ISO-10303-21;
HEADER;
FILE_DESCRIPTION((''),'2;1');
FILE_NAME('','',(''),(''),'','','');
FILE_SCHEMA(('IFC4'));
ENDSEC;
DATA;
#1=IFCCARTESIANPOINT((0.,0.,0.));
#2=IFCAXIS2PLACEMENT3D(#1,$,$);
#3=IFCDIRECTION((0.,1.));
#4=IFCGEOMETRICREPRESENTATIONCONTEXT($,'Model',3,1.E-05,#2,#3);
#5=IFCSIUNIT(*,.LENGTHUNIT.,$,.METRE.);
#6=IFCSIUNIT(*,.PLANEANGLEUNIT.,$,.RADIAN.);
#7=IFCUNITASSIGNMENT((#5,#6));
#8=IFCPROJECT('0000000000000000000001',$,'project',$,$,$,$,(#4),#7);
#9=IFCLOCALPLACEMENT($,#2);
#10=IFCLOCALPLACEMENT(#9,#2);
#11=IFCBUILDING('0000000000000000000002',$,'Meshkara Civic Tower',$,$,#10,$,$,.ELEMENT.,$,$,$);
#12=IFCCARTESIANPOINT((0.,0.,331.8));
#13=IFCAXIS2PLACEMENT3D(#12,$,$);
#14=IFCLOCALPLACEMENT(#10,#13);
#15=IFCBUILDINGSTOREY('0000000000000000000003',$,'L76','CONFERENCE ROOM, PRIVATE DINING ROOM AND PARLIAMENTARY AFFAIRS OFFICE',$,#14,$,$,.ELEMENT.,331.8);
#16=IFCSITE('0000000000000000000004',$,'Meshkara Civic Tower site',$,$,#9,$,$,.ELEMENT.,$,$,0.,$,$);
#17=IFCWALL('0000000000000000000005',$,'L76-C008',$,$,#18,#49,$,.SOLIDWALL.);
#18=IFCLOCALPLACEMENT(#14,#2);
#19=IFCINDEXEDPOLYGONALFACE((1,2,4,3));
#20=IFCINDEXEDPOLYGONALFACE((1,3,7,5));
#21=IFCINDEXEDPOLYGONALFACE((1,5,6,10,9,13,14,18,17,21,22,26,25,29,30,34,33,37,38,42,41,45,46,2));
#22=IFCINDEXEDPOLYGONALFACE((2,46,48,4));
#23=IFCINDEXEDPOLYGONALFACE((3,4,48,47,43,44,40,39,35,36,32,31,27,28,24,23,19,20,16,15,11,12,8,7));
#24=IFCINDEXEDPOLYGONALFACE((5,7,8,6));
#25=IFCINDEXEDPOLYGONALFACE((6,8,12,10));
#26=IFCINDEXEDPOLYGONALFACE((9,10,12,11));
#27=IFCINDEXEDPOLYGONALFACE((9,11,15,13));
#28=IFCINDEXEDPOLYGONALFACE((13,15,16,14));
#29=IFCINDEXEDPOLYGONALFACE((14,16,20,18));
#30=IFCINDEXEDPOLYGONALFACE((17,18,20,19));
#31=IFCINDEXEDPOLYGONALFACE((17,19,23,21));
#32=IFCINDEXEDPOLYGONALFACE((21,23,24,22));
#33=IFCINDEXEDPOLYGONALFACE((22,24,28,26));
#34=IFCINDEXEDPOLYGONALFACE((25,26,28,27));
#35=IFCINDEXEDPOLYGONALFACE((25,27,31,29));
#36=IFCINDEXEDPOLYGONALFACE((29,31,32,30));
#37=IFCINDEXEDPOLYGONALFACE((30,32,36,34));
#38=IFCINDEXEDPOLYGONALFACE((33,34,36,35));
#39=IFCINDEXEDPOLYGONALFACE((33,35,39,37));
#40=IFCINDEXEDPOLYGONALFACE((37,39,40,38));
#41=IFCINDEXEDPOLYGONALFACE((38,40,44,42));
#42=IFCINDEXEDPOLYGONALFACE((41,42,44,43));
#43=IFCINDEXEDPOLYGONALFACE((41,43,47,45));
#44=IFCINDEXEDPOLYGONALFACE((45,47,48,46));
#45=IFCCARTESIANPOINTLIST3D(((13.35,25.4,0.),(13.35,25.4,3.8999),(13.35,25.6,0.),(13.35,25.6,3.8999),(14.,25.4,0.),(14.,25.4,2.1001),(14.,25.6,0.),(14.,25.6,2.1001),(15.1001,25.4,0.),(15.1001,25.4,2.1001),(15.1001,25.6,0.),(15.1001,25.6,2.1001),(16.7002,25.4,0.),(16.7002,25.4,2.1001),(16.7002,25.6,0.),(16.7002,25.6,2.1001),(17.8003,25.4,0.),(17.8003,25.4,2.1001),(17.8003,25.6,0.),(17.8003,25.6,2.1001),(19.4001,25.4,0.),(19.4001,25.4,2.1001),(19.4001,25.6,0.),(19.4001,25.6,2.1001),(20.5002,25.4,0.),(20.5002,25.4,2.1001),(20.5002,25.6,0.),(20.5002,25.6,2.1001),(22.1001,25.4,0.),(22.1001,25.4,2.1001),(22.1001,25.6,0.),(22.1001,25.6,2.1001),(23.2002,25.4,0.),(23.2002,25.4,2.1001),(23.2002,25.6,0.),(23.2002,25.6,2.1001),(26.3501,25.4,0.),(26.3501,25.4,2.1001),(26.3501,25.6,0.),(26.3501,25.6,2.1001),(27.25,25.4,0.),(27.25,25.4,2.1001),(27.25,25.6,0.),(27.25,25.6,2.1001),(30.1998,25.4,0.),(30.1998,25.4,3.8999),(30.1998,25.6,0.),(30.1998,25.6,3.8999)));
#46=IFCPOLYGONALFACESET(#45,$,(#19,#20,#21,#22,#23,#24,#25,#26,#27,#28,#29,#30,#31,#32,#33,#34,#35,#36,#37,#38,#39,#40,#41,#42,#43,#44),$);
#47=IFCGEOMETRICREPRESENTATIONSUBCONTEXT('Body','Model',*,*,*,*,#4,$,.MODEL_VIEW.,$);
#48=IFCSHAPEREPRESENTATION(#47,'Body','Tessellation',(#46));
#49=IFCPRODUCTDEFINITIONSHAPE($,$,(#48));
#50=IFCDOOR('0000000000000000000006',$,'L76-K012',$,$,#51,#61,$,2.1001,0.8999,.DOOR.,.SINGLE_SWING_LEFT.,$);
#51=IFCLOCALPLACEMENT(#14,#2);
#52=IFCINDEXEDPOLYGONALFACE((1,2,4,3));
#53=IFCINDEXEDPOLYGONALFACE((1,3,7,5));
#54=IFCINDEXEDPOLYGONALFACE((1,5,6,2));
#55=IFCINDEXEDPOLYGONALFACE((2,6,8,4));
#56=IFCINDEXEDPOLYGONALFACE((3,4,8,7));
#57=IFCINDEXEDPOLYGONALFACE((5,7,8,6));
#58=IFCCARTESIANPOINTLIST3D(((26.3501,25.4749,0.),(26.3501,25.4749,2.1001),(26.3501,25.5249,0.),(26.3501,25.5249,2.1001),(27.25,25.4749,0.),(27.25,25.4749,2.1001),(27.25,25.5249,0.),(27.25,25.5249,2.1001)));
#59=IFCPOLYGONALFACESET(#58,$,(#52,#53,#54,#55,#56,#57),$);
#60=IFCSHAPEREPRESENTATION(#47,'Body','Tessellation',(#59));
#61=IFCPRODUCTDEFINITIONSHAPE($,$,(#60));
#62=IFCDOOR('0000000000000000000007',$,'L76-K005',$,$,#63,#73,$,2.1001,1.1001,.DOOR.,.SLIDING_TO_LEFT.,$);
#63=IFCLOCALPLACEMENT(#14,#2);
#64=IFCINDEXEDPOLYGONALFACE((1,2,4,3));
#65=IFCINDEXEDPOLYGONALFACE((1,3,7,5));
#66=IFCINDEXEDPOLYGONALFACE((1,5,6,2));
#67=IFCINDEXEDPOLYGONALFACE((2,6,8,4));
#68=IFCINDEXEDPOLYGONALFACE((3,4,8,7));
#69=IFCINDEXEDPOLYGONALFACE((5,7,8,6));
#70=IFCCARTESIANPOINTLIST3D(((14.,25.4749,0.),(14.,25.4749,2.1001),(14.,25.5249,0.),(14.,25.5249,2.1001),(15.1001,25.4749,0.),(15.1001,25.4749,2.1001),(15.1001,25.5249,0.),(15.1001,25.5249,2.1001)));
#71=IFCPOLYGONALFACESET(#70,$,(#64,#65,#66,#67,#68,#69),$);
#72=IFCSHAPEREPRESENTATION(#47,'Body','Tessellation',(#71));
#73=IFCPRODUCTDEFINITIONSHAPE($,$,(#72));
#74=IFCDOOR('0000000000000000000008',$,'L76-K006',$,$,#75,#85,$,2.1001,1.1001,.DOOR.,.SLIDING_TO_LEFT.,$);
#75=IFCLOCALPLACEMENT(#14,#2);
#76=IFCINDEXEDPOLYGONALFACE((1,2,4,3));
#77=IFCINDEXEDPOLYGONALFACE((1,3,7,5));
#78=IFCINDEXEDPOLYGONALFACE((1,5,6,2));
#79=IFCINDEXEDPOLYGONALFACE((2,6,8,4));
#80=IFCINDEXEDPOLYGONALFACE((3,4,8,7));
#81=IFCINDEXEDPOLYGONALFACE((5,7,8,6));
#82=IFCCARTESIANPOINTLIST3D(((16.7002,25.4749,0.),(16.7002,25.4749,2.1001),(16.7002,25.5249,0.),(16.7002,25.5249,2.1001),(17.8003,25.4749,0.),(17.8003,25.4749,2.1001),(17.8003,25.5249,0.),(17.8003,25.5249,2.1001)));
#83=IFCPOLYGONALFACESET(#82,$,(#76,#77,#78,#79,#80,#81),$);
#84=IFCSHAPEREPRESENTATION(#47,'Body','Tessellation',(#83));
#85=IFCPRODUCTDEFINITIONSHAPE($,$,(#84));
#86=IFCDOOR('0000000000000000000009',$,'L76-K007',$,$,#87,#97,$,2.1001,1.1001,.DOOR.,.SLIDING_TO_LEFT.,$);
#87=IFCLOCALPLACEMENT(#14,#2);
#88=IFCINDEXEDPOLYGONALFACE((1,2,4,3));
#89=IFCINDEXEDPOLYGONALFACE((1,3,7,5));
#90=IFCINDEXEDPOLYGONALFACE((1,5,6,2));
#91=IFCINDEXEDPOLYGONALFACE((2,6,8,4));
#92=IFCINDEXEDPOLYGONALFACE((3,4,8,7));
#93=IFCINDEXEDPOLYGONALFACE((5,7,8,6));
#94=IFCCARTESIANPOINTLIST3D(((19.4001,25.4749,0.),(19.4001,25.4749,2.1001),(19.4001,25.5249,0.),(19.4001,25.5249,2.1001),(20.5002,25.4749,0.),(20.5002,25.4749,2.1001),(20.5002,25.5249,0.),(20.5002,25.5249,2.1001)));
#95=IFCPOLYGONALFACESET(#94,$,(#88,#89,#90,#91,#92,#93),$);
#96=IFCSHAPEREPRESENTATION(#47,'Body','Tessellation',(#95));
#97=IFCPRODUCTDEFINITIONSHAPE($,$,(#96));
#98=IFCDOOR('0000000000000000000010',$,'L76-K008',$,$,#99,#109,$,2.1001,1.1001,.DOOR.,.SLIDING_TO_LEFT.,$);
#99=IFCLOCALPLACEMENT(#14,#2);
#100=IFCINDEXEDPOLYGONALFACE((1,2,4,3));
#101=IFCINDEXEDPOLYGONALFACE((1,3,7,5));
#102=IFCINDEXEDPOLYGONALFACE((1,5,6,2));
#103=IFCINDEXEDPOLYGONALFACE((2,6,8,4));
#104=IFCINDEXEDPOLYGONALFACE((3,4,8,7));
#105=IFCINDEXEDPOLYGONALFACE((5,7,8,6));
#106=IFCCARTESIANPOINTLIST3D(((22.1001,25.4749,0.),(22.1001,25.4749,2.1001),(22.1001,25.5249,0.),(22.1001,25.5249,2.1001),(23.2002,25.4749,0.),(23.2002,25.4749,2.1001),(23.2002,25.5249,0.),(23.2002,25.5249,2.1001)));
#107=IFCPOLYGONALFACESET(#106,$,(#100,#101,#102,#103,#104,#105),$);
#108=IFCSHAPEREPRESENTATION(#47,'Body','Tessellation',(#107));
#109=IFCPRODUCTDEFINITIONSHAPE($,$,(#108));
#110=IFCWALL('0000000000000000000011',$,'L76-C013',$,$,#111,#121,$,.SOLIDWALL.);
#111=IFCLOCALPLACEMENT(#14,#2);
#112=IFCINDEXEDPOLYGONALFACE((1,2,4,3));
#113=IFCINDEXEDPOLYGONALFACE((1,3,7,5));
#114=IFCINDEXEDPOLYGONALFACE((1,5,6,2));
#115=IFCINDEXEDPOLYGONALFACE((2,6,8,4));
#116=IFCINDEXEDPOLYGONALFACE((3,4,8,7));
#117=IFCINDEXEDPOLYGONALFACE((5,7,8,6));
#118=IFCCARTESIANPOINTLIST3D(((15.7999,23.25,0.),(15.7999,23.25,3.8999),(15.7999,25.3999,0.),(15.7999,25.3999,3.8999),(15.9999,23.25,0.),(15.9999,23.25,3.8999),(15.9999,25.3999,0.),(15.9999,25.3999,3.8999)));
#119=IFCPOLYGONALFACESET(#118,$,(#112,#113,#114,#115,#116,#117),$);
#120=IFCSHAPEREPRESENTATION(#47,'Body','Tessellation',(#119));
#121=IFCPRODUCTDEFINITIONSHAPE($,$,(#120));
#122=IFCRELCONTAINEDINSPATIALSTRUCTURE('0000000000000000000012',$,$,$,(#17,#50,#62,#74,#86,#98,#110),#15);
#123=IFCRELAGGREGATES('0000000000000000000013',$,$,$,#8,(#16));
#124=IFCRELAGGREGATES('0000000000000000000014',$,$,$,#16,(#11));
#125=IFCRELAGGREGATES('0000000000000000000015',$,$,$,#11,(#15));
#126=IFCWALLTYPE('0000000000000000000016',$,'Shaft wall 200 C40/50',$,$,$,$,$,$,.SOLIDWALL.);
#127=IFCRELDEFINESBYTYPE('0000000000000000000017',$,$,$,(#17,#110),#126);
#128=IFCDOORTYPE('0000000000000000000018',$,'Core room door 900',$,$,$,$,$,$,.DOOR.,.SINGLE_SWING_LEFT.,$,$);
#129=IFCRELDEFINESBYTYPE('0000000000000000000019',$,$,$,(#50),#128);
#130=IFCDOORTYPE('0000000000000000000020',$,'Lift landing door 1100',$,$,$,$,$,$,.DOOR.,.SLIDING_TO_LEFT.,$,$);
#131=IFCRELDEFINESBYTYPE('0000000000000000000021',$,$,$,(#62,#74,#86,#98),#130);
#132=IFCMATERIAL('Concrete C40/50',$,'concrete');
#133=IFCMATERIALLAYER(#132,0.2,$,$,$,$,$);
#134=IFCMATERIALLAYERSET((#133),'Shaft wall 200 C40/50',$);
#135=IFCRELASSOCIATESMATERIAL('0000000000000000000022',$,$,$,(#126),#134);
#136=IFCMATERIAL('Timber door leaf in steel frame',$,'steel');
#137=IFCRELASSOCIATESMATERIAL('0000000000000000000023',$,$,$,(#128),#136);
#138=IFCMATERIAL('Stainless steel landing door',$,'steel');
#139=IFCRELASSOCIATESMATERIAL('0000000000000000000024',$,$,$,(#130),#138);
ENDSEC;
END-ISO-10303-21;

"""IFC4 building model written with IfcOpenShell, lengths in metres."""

from ifc_helpers import new_model, si_unit, direction, frame, frame_2d, origin, place, context, subcontext, project, spatial, rectangle, extrude, material, layer, layer_set, type_object, element, fill, save


model = new_model("IFC4")

# Units and contexts
model_context = context("Model", 3, precision=1e-05, world=origin(), true_north=direction((0.0, 1.0)))
body_context = subcontext(model_context, "Body", "Model", "MODEL_VIEW")
ifc_project = project(units=[si_unit("LENGTHUNIT", "METRE"), si_unit("PLANEANGLEUNIT", "RADIAN")], contexts=[model_context])

# Site, building, storey
site_placement = place(None, origin())
site = spatial("IfcSite", under=ifc_project, at=site_placement, Name="Meshkara Civic Tower site", CompositionType="ELEMENT", RefElevation=0.0)
building_placement = place(site_placement, origin())
building = spatial("IfcBuilding", under=site, at=building_placement, Name="Meshkara Civic Tower", CompositionType="ELEMENT")
storey_placement = place(building_placement, frame((0.0, 0.0, 331.8)))
storey = spatial("IfcBuildingStorey", under=building, at=storey_placement, Name="L76", Description="CONFERENCE ROOM, PRIVATE DINING ROOM AND PARLIAMENTARY AFFAIRS OFFICE", CompositionType="ELEMENT", Elevation=331.8)

# Wall, openings, doors
ifc_material_1 = material(Name="Concrete C40/50", Category="concrete")
ifc_layer_1 = layer(ifc_material_1, 0.2)
ifc_layer_set_1 = layer_set([ifc_layer_1], Name="Shaft wall 200 C40/50")
wall_type_1 = type_object("IfcWallType", Name="Shaft wall 200 C40/50", PredefinedType="SOLIDWALL", material=ifc_layer_set_1)
wall_1_placement = place(storey_placement, frame((13.3501, 25.5, 0.0), z_axis=(0.0, 0.0, 1.0), x_axis=(1.0, 0.0, 0.0)))
wall_1 = element("IfcWall", 1, at=wall_1_placement, inside=storey, type_object=wall_type_1, Name="L76-C008", PredefinedType="SOLIDWALL", context=body_context, shape_type="SweptSolid", body=[
    extrude(rectangle(XDim=16.8499, YDim=0.2, at=frame_2d((8.4248, 0.0))), origin(), (0.0, 0.0, 1.0), 3.8999),
])
opening_1_placement = place(wall_1_placement, frame((0.6499, 0.0, 0.0)))
opening_1 = element("IfcOpeningElement", 2, at=opening_1_placement, cuts=wall_1, PredefinedType="OPENING", context=body_context, shape_type="SweptSolid", body=[
    extrude(rectangle(XDim=1.1001, YDim=2.1001, at=frame_2d((0.55, 1.05))), frame((0.0, 0.1099, 0.0), z_axis=(0.0, -1.0, 0.0), x_axis=(1.0, 0.0, 0.0)), (0.0, 0.0, 1.0), 0.22),
])
opening_2_placement = place(wall_1_placement, frame((3.3501, 0.0, 0.0)))
opening_2 = element("IfcOpeningElement", 3, at=opening_2_placement, cuts=wall_1, PredefinedType="OPENING", context=body_context, shape_type="SweptSolid", body=[
    extrude(rectangle(XDim=1.1001, YDim=2.1001, at=frame_2d((0.55, 1.05))), frame((0.0, 0.1099, 0.0), z_axis=(0.0, -1.0, 0.0), x_axis=(1.0, 0.0, 0.0)), (0.0, 0.0, 1.0), 0.22),
])
opening_3_placement = place(wall_1_placement, frame((6.05, 0.0, 0.0)))
opening_3 = element("IfcOpeningElement", 4, at=opening_3_placement, cuts=wall_1, PredefinedType="OPENING", context=body_context, shape_type="SweptSolid", body=[
    extrude(rectangle(XDim=1.1001, YDim=2.1001, at=frame_2d((0.55, 1.05))), frame((0.0, 0.1099, 0.0), z_axis=(0.0, -1.0, 0.0), x_axis=(1.0, 0.0, 0.0)), (0.0, 0.0, 1.0), 0.22),
])
opening_4_placement = place(wall_1_placement, frame((8.75, 0.0, 0.0)))
opening_4 = element("IfcOpeningElement", 5, at=opening_4_placement, cuts=wall_1, PredefinedType="OPENING", context=body_context, shape_type="SweptSolid", body=[
    extrude(rectangle(XDim=1.1001, YDim=2.1001, at=frame_2d((0.55, 1.05))), frame((0.0, 0.1099, 0.0), z_axis=(0.0, -1.0, 0.0), x_axis=(1.0, 0.0, 0.0)), (0.0, 0.0, 1.0), 0.22),
])
opening_5_placement = place(wall_1_placement, frame((13.0, 0.0, 0.0)))
opening_5 = element("IfcOpeningElement", 6, at=opening_5_placement, cuts=wall_1, PredefinedType="OPENING", context=body_context, shape_type="SweptSolid", body=[
    extrude(rectangle(XDim=0.8999, YDim=2.1001, at=frame_2d((0.45, 1.05))), frame((0.0, 0.1099, 0.0), z_axis=(0.0, -1.0, 0.0), x_axis=(1.0, 0.0, 0.0)), (0.0, 0.0, 1.0), 0.22),
])
ifc_material_2 = material(Name="Timber door leaf in steel frame", Category="steel")
door_type_1 = type_object("IfcDoorType", Name="Core room door 900", OperationType="SINGLE_SWING_LEFT", PredefinedType="DOOR", material=ifc_material_2)
door_1_placement = place(opening_5_placement, origin())
door_1 = element("IfcDoor", 7, at=door_1_placement, inside=storey, type_object=door_type_1, Name="L76-K012", OperationType="SINGLE_SWING_LEFT", OverallHeight=2.1001, OverallWidth=0.8999, PredefinedType="DOOR", context=body_context, shape_type="SweptSolid", body=[
    extrude(rectangle(XDim=0.8999, YDim=2.1001, at=frame_2d((0.45, 1.05))), frame((0.0, 0.0249, 0.0), z_axis=(0.0, -1.0, 0.0), x_axis=(1.0, 0.0, 0.0)), (0.0, 0.0, 1.0), 0.05),
])
fill(opening_5, door_1)
ifc_material_3 = material(Name="Stainless steel landing door", Category="steel")
door_type_2 = type_object("IfcDoorType", Name="Lift landing door 1100", OperationType="SLIDING_TO_LEFT", PredefinedType="DOOR", material=ifc_material_3)
door_2_placement = place(opening_1_placement, origin())
door_2 = element("IfcDoor", 8, at=door_2_placement, inside=storey, type_object=door_type_2, Name="L76-K005", OperationType="SLIDING_TO_LEFT", OverallHeight=2.1001, OverallWidth=1.1001, PredefinedType="DOOR", context=body_context, shape_type="SweptSolid", body=[
    extrude(rectangle(XDim=1.1001, YDim=2.1001, at=frame_2d((0.55, 1.05))), frame((0.0, 0.0249, 0.0), z_axis=(0.0, -1.0, 0.0), x_axis=(1.0, 0.0, 0.0)), (0.0, 0.0, 1.0), 0.05),
])
fill(opening_1, door_2)
door_3_placement = place(opening_2_placement, origin())
door_3 = element("IfcDoor", 9, at=door_3_placement, inside=storey, type_object=door_type_2, Name="L76-K006", OperationType="SLIDING_TO_LEFT", OverallHeight=2.1001, OverallWidth=1.1001, PredefinedType="DOOR", context=body_context, shape_type="SweptSolid", body=[
    extrude(rectangle(XDim=1.1001, YDim=2.1001, at=frame_2d((0.55, 1.05))), frame((0.0, 0.0249, 0.0), z_axis=(0.0, -1.0, 0.0), x_axis=(1.0, 0.0, 0.0)), (0.0, 0.0, 1.0), 0.05),
])
fill(opening_2, door_3)
door_4_placement = place(opening_3_placement, origin())
door_4 = element("IfcDoor", 10, at=door_4_placement, inside=storey, type_object=door_type_2, Name="L76-K007", OperationType="SLIDING_TO_LEFT", OverallHeight=2.1001, OverallWidth=1.1001, PredefinedType="DOOR", context=body_context, shape_type="SweptSolid", body=[
    extrude(rectangle(XDim=1.1001, YDim=2.1001, at=frame_2d((0.55, 1.05))), frame((0.0, 0.0249, 0.0), z_axis=(0.0, -1.0, 0.0), x_axis=(1.0, 0.0, 0.0)), (0.0, 0.0, 1.0), 0.05),
])
fill(opening_3, door_4)
door_5_placement = place(opening_4_placement, origin())
door_5 = element("IfcDoor", 11, at=door_5_placement, inside=storey, type_object=door_type_2, Name="L76-K008", OperationType="SLIDING_TO_LEFT", OverallHeight=2.1001, OverallWidth=1.1001, PredefinedType="DOOR", context=body_context, shape_type="SweptSolid", body=[
    extrude(rectangle(XDim=1.1001, YDim=2.1001, at=frame_2d((0.55, 1.05))), frame((0.0, 0.0249, 0.0), z_axis=(0.0, -1.0, 0.0), x_axis=(1.0, 0.0, 0.0)), (0.0, 0.0, 1.0), 0.05),
])
fill(opening_4, door_5)

# Wall
wall_2_placement = place(storey_placement, frame((15.8999, 23.25, 0.0), z_axis=(0.0, 0.0, 1.0), x_axis=(0.0, 1.0, 0.0)))
element("IfcWall", 12, at=wall_2_placement, inside=storey, type_object=wall_type_1, Name="L76-C013", PredefinedType="SOLIDWALL", context=body_context, shape_type="SweptSolid", body=[
    extrude(rectangle(XDim=2.1499, YDim=0.2, at=frame_2d((1.075, 0.0))), origin(), (0.0, 0.0, 1.0), 3.8999),
])

save(model, "model.ifc")
